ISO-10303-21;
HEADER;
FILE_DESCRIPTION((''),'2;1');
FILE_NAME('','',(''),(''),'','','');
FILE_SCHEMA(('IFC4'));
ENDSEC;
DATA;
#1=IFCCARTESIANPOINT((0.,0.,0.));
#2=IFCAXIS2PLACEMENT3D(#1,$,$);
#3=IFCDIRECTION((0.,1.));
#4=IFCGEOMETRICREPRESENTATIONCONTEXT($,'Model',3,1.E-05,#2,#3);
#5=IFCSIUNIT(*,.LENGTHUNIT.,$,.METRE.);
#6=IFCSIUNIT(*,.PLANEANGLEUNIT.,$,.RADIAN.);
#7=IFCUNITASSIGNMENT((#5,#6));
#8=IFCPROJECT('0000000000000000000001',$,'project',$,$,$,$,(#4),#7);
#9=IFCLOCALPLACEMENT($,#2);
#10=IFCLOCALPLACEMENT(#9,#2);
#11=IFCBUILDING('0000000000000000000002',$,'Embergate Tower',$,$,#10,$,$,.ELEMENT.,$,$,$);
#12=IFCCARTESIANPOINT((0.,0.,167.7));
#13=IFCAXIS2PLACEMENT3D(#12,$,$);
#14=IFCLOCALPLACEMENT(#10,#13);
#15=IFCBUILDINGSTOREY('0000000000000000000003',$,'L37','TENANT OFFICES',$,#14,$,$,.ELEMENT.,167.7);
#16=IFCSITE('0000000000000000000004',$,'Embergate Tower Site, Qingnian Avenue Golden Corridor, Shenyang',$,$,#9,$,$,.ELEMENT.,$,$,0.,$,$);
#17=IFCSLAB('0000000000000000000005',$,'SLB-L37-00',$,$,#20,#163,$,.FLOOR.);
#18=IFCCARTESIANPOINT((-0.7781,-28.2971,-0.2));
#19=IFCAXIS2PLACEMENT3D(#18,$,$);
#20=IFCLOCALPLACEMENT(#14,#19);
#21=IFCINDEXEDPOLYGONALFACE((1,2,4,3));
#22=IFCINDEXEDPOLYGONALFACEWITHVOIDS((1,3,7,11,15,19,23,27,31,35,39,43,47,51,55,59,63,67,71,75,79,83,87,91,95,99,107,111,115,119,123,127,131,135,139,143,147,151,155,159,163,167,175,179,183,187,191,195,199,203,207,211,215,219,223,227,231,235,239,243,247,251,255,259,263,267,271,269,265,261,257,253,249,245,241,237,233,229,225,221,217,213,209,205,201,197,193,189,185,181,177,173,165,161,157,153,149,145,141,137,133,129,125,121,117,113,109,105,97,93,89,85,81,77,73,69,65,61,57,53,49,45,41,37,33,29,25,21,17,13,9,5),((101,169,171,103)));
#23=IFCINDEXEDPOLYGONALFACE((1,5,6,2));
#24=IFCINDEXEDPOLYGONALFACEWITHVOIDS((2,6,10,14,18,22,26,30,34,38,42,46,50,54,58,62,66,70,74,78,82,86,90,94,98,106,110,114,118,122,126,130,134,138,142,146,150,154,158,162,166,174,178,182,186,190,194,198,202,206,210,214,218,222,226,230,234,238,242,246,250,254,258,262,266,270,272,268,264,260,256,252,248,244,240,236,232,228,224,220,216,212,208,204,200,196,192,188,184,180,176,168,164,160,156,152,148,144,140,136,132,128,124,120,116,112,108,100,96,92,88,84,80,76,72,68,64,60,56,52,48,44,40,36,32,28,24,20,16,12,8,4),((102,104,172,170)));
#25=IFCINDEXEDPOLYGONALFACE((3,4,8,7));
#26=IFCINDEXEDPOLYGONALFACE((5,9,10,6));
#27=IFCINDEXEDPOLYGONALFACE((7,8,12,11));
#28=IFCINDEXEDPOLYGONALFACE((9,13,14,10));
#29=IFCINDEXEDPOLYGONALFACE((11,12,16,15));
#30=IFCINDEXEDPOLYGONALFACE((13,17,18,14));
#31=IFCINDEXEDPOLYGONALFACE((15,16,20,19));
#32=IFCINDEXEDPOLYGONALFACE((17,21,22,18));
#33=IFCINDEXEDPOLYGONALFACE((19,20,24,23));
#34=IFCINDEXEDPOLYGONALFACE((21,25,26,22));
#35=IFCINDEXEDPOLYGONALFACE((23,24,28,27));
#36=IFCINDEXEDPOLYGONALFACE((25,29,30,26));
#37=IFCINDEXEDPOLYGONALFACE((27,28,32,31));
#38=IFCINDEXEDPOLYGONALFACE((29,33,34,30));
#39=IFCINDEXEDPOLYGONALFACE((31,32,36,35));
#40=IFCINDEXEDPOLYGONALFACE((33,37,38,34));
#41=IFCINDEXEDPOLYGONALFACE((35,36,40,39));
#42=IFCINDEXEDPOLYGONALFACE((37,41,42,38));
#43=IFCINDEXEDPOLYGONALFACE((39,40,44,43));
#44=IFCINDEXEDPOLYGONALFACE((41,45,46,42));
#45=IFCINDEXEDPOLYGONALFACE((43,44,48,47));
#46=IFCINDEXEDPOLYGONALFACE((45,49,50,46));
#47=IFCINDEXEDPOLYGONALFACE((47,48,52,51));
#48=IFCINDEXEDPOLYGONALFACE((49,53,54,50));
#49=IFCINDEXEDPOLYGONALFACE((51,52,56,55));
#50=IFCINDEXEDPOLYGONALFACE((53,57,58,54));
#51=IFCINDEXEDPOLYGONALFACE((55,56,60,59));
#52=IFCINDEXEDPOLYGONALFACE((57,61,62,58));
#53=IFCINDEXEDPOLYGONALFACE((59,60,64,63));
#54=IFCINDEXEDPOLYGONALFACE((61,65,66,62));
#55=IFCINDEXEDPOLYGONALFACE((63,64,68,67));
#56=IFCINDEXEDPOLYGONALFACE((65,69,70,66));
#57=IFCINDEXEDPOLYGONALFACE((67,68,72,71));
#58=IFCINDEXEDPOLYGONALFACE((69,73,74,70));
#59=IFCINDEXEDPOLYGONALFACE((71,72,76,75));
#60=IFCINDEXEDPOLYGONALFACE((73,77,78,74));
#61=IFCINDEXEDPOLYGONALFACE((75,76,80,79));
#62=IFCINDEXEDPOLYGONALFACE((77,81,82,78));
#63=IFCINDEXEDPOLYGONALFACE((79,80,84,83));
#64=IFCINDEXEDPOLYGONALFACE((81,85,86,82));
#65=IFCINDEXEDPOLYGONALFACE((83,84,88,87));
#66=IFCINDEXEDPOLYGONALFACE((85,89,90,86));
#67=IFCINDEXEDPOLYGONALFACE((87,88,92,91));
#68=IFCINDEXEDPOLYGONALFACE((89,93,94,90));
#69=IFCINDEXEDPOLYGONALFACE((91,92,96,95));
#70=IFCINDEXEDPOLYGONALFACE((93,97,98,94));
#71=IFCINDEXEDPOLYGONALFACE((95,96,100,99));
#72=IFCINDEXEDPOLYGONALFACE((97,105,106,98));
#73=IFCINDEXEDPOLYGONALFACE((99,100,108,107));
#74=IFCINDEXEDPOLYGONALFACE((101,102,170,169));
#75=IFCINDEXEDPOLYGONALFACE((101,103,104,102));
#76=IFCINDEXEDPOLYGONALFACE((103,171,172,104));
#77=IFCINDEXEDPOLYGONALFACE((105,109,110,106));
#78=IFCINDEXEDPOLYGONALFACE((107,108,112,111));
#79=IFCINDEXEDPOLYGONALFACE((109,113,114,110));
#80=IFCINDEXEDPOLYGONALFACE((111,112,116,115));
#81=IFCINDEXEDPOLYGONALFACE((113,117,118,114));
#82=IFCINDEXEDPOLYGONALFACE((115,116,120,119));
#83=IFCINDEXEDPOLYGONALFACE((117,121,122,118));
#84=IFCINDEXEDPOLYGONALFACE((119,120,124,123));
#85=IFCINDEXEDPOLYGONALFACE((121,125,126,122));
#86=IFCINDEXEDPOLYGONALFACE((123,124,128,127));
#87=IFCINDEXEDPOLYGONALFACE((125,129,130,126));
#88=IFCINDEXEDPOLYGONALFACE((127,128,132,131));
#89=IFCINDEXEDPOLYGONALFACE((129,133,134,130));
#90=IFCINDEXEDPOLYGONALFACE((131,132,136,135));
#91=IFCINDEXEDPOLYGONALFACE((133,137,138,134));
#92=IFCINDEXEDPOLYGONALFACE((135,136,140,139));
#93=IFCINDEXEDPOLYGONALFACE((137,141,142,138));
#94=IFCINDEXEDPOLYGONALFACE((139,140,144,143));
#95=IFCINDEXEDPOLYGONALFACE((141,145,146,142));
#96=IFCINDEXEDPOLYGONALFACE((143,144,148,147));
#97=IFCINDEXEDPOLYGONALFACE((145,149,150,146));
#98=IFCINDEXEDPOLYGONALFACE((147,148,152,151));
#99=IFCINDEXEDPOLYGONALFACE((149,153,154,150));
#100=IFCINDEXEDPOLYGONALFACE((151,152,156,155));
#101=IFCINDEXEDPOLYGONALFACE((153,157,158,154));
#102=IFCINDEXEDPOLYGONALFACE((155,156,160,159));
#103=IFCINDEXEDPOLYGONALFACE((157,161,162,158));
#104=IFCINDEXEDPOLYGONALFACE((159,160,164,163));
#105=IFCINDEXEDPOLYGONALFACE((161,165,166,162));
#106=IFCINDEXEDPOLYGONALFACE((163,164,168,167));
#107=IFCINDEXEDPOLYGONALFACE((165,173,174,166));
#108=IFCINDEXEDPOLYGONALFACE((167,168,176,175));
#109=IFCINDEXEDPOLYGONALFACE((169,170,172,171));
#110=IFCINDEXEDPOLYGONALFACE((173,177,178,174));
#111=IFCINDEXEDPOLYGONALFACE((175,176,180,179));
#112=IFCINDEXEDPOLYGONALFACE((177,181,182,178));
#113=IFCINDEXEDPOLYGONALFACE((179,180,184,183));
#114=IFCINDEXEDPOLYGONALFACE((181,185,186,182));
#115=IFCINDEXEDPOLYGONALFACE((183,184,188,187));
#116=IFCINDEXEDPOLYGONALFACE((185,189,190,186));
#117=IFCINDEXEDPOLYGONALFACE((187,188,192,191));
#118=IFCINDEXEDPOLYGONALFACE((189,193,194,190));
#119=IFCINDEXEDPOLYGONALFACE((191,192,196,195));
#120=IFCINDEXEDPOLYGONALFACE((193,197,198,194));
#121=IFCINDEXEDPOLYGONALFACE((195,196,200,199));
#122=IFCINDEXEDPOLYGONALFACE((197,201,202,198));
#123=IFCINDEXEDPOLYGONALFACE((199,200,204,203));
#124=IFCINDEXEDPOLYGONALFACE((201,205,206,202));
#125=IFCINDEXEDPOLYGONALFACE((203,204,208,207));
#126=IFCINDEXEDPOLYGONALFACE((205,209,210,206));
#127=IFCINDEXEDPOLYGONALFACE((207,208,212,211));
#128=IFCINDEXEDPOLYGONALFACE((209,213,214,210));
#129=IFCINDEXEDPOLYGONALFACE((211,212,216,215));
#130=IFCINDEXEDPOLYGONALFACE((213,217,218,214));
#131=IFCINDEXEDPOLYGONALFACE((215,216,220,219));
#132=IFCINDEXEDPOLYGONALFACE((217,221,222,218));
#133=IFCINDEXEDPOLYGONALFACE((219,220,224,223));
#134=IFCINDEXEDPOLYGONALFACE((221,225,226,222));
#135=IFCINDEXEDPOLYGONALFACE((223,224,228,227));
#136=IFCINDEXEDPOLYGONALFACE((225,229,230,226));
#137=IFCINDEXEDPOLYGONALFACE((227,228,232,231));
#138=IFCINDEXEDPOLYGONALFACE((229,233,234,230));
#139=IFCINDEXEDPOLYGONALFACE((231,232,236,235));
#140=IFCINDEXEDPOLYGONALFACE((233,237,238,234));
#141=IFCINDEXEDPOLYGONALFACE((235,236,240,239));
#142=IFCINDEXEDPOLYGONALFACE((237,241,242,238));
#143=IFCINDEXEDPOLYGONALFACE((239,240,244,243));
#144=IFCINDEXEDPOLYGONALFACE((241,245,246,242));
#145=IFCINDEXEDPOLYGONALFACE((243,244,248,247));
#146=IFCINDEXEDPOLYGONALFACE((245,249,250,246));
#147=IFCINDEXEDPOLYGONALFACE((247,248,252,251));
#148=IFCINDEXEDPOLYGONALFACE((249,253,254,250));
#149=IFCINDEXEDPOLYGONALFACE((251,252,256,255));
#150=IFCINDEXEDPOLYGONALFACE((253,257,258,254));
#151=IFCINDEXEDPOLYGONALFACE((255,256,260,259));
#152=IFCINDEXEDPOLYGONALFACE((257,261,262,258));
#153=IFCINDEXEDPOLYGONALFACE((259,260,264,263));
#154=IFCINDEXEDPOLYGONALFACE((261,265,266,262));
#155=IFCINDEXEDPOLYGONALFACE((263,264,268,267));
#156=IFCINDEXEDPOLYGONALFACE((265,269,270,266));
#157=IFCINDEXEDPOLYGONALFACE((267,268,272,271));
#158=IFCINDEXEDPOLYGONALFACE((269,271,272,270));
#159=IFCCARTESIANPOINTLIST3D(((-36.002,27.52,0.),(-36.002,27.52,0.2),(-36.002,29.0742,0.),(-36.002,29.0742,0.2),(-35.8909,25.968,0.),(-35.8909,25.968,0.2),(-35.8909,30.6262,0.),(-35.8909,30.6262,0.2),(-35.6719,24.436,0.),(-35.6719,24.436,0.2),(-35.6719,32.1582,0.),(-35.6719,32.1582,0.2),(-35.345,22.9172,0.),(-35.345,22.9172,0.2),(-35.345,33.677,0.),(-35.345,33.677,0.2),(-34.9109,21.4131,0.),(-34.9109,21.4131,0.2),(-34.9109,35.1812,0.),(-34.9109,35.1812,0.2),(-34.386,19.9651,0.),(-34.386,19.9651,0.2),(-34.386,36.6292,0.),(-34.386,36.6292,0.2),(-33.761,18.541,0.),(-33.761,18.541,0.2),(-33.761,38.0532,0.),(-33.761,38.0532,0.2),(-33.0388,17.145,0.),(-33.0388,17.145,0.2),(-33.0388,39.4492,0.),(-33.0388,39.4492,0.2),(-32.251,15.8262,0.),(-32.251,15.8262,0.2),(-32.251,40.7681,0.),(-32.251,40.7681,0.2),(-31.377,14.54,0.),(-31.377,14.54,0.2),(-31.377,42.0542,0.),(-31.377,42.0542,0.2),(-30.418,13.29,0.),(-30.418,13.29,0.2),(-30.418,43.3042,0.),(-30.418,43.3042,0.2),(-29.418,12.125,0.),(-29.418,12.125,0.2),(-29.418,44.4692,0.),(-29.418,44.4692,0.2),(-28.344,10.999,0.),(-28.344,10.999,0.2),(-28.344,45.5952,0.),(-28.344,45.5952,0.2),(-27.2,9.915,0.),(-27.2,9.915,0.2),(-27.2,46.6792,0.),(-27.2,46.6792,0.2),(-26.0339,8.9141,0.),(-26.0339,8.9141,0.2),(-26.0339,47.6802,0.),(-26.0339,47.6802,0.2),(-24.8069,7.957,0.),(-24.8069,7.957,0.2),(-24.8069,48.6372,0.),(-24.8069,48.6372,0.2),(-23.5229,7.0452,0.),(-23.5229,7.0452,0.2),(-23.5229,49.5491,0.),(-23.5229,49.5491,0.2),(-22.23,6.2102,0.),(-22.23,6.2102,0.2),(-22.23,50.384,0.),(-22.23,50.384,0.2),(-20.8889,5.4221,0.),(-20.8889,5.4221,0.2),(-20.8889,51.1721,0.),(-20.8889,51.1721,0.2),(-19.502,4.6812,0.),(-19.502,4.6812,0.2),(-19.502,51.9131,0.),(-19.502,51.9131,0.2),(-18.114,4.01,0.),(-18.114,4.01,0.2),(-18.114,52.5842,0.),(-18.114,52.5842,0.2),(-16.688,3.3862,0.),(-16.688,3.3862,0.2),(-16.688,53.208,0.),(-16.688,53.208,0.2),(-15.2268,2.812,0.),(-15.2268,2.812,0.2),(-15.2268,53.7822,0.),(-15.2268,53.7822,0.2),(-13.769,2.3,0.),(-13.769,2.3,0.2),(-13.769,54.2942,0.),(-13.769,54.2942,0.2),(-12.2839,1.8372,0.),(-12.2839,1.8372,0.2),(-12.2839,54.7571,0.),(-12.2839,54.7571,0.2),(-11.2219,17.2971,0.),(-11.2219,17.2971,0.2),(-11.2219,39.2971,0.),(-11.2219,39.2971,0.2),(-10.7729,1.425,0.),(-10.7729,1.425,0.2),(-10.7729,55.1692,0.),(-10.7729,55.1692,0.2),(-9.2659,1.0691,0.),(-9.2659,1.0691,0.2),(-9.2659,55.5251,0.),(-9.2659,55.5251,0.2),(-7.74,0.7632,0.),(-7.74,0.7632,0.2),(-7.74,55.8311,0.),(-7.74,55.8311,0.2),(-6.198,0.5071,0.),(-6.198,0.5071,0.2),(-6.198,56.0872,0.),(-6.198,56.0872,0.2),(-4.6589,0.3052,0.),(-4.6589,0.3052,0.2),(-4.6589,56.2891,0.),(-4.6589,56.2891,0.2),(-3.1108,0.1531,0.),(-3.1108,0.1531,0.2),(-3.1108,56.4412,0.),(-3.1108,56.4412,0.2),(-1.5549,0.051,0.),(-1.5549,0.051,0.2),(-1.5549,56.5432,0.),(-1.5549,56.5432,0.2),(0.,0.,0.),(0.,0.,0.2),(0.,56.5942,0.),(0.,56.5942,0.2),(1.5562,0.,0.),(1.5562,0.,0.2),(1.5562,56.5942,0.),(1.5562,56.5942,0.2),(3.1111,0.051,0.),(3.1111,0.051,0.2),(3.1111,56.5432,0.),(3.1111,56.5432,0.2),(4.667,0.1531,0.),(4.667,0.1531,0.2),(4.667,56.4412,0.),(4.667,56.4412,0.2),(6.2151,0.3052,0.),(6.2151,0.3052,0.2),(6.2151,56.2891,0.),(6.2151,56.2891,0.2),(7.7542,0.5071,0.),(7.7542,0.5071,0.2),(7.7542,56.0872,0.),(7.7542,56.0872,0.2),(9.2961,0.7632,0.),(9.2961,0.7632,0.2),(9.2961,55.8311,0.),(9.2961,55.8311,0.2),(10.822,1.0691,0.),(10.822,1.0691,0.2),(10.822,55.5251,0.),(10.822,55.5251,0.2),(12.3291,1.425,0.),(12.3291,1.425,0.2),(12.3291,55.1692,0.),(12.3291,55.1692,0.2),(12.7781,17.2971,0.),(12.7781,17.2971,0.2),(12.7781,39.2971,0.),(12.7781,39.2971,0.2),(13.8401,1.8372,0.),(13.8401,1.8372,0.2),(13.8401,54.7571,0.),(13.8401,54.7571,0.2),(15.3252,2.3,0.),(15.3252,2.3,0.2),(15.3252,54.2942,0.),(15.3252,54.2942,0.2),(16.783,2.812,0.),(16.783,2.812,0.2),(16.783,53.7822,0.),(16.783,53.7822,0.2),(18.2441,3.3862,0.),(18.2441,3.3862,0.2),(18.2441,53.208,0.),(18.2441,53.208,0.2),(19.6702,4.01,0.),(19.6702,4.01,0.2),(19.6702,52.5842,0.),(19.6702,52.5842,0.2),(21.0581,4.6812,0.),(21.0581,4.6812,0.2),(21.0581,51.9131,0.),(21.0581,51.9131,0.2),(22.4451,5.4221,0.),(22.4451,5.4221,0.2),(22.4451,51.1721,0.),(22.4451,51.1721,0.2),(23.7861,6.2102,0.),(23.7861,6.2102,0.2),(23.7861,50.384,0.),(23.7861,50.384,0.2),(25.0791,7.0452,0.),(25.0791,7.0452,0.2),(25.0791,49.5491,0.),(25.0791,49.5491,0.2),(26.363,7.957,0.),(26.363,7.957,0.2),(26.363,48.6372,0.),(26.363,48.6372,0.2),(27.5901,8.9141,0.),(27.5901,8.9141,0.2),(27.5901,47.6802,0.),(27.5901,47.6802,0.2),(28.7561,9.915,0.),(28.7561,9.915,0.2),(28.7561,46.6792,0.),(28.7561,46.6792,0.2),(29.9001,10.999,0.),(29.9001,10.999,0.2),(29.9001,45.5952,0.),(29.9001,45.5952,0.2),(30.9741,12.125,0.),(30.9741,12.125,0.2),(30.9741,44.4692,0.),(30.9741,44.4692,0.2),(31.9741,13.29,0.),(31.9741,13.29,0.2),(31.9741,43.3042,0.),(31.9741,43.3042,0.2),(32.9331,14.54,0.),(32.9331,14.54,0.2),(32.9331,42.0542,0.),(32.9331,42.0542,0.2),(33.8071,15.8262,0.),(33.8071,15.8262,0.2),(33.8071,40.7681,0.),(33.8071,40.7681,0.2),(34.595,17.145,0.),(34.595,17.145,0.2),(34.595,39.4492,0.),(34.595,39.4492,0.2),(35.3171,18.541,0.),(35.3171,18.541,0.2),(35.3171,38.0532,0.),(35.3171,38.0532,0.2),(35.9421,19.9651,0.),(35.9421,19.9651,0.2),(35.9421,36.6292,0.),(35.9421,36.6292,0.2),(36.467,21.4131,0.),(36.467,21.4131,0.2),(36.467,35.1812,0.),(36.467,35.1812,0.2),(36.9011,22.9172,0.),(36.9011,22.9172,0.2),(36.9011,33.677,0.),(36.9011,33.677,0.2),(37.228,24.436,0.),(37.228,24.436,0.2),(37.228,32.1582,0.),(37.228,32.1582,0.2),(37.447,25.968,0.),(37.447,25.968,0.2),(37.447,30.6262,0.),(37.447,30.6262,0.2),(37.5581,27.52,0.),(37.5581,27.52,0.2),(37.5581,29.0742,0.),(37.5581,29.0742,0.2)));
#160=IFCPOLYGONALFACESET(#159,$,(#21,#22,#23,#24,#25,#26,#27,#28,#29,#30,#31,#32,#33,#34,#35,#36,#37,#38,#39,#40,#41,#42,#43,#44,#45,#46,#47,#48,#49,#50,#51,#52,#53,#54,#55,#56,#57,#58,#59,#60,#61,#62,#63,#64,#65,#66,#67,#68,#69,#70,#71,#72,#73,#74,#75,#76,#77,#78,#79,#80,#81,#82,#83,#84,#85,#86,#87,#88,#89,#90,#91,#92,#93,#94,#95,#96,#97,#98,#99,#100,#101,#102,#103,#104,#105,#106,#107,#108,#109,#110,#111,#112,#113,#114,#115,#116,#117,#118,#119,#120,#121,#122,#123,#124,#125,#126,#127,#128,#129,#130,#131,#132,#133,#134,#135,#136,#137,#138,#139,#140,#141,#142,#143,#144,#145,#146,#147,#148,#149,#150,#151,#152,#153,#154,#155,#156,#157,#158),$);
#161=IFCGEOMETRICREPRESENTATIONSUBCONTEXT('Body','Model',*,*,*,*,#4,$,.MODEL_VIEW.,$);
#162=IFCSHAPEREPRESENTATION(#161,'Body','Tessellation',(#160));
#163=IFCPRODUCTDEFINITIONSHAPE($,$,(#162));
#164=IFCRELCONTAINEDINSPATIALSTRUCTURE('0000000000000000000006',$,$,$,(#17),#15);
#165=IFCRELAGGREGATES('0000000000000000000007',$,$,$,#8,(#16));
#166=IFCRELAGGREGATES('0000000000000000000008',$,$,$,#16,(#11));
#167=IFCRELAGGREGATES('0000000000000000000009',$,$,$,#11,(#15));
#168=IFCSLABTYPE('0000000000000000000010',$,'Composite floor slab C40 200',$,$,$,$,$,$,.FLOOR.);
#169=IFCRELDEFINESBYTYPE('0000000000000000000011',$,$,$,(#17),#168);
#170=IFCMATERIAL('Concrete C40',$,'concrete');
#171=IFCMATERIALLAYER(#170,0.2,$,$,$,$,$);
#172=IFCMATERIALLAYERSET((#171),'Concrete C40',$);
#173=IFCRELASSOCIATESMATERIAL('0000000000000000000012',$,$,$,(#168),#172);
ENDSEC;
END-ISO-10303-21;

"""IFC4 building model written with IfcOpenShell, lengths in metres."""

from ifc_helpers import new_model, si_unit, direction, frame, origin, place, context, subcontext, project, spatial, polyline, outline, extrude, source, transform, mapped, material, layer, layer_set, type_object, element, save


model = new_model("IFC4")

# Units and contexts
model_context = context("Model", 3, precision=1e-05, world=origin(), true_north=direction((0.0, 1.0)))
body_context = subcontext(model_context, "Body", "Model", "MODEL_VIEW")
ifc_project = project(units=[si_unit("LENGTHUNIT", "METRE"), si_unit("PLANEANGLEUNIT", "RADIAN")], contexts=[model_context])

# Site, building, storey
site_placement = place(None, origin())
site = spatial("IfcSite", under=ifc_project, at=site_placement, Name="Embergate Tower Site, Qingnian Avenue Golden Corridor, Shenyang", CompositionType="ELEMENT", RefElevation=0.0)
building_placement = place(site_placement, origin())
building = spatial("IfcBuilding", under=site, at=building_placement, Name="Embergate Tower", CompositionType="ELEMENT")
storey_placement = place(building_placement, frame((0.0, 0.0, 167.7)))
storey = spatial("IfcBuildingStorey", under=building, at=storey_placement, Name="L37", Description="TENANT OFFICES", CompositionType="ELEMENT", Elevation=167.7)

# Slab
ifc_material_1 = material(Name="Concrete C40", Category="concrete")
ifc_layer_1 = layer(ifc_material_1, 0.2)
ifc_layer_set_1 = layer_set([ifc_layer_1], Name="Concrete C40")
slab_type = type_object("IfcSlabType", Name="Composite floor slab C40 200", PredefinedType="FLOOR", material=ifc_layer_set_1)
shared_shape_1 = source(origin(), body_context, "Body", "SweptSolid", [
    extrude(outline(polyline([(0.0, 0.0), (1.5562, 0.0), (3.1111, 0.051), (4.667, 0.1531), (6.2151, 0.3052), (7.7542, 0.5071), (9.2961, 0.7632), (10.822, 1.0691), (12.3291, 1.425), (13.8401, 1.8372), (15.3252, 2.3), (16.783, 2.812), (18.2441, 3.3862), (19.6702, 4.01), (21.0581, 4.6812), (22.4451, 5.4221), (23.7861, 6.2102), (25.0791, 7.0452), (26.363, 7.957), (27.5901, 8.9141), (28.7561, 9.915), (29.9001, 10.999), (30.9741, 12.125), (31.9741, 13.29), (32.9331, 14.54), (33.8071, 15.8262), (34.595, 17.145), (35.3171, 18.541), (35.9421, 19.9651), (36.467, 21.4131), (36.9011, 22.9172), (37.228, 24.436), (37.447, 25.968), (37.5581, 27.52), (37.5581, 29.0742), (37.447, 30.6262), (37.228, 32.1582), (36.9011, 33.677), (36.467, 35.1812), (35.9421, 36.6292), (35.3171, 38.0532), (34.595, 39.4492), (33.8071, 40.7681), (32.9331, 42.0542), (31.9741, 43.3042), (30.9741, 44.4692), (29.9001, 45.5952), (28.7561, 46.6792), (27.5901, 47.6802), (26.363, 48.6372), (25.0791, 49.5491), (23.7861, 50.384), (22.4451, 51.1721), (21.0581, 51.9131), (19.6702, 52.5842), (18.2441, 53.208), (16.783, 53.7822), (15.3252, 54.2942), (13.8401, 54.7571), (12.3291, 55.1692), (10.822, 55.5251), (9.2961, 55.8311), (7.7542, 56.0872), (6.2151, 56.2891), (4.667, 56.4412), (3.1111, 56.5432), (1.5562, 56.5942), (0.0, 56.5942), (-1.5549, 56.5432), (-3.1108, 56.4412), (-4.6589, 56.2891), (-6.198, 56.0872), (-7.74, 55.8311), (-9.2659, 55.5251), (-10.7729, 55.1692), (-12.2839, 54.7571), (-13.769, 54.2942), (-15.2268, 53.7822), (-16.688, 53.208), (-18.114, 52.5842), (-19.502, 51.9131), (-20.8889, 51.1721), (-22.23, 50.384), (-23.5229, 49.5491), (-24.8069, 48.6372), (-26.0339, 47.6802), (-27.2, 46.6792), (-28.344, 45.5952), (-29.418, 44.4692), (-30.418, 43.3042), (-31.377, 42.0542), (-32.251, 40.7681), (-33.0388, 39.4492), (-33.761, 38.0532), (-34.386, 36.6292), (-34.9109, 35.1812), (-35.345, 33.677), (-35.6719, 32.1582), (-35.8909, 30.6262), (-36.002, 29.0742), (-36.002, 27.52), (-35.8909, 25.968), (-35.6719, 24.436), (-35.345, 22.9172), (-34.9109, 21.4131), (-34.386, 19.9651), (-33.761, 18.541), (-33.0388, 17.145), (-32.251, 15.8262), (-31.377, 14.54), (-30.418, 13.29), (-29.418, 12.125), (-28.344, 10.999), (-27.2, 9.915), (-26.0339, 8.9141), (-24.8069, 7.957), (-23.5229, 7.0452), (-22.23, 6.2102), (-20.8889, 5.4221), (-19.502, 4.6812), (-18.114, 4.01), (-16.688, 3.3862), (-15.2268, 2.812), (-13.769, 2.3), (-12.2839, 1.8372), (-10.7729, 1.425), (-9.2659, 1.0691), (-7.74, 0.7632), (-6.198, 0.5071), (-4.6589, 0.3052), (-3.1108, 0.1531), (-1.5549, 0.051), (0.0, 0.0)]), holes=[polyline([(-11.2219, 17.2971), (-11.2219, 39.2971), (12.7781, 39.2971), (12.7781, 17.2971), (-11.2219, 17.2971)])]), origin(), (0.0, 0.0, 1.0), 0.2),
])
slab_placement = place(storey_placement, frame((-0.7781, -28.2971, -0.2)))
element("IfcSlab", 1, at=slab_placement, inside=storey, type_object=slab_type, Name="SLB-L37-00", PredefinedType="FLOOR", context=body_context, shape_type="MappedRepresentation", body=[
    mapped(shared_shape_1, transform((0.0, 0.0, 0.0))),
])

save(model, "model.ifc")
